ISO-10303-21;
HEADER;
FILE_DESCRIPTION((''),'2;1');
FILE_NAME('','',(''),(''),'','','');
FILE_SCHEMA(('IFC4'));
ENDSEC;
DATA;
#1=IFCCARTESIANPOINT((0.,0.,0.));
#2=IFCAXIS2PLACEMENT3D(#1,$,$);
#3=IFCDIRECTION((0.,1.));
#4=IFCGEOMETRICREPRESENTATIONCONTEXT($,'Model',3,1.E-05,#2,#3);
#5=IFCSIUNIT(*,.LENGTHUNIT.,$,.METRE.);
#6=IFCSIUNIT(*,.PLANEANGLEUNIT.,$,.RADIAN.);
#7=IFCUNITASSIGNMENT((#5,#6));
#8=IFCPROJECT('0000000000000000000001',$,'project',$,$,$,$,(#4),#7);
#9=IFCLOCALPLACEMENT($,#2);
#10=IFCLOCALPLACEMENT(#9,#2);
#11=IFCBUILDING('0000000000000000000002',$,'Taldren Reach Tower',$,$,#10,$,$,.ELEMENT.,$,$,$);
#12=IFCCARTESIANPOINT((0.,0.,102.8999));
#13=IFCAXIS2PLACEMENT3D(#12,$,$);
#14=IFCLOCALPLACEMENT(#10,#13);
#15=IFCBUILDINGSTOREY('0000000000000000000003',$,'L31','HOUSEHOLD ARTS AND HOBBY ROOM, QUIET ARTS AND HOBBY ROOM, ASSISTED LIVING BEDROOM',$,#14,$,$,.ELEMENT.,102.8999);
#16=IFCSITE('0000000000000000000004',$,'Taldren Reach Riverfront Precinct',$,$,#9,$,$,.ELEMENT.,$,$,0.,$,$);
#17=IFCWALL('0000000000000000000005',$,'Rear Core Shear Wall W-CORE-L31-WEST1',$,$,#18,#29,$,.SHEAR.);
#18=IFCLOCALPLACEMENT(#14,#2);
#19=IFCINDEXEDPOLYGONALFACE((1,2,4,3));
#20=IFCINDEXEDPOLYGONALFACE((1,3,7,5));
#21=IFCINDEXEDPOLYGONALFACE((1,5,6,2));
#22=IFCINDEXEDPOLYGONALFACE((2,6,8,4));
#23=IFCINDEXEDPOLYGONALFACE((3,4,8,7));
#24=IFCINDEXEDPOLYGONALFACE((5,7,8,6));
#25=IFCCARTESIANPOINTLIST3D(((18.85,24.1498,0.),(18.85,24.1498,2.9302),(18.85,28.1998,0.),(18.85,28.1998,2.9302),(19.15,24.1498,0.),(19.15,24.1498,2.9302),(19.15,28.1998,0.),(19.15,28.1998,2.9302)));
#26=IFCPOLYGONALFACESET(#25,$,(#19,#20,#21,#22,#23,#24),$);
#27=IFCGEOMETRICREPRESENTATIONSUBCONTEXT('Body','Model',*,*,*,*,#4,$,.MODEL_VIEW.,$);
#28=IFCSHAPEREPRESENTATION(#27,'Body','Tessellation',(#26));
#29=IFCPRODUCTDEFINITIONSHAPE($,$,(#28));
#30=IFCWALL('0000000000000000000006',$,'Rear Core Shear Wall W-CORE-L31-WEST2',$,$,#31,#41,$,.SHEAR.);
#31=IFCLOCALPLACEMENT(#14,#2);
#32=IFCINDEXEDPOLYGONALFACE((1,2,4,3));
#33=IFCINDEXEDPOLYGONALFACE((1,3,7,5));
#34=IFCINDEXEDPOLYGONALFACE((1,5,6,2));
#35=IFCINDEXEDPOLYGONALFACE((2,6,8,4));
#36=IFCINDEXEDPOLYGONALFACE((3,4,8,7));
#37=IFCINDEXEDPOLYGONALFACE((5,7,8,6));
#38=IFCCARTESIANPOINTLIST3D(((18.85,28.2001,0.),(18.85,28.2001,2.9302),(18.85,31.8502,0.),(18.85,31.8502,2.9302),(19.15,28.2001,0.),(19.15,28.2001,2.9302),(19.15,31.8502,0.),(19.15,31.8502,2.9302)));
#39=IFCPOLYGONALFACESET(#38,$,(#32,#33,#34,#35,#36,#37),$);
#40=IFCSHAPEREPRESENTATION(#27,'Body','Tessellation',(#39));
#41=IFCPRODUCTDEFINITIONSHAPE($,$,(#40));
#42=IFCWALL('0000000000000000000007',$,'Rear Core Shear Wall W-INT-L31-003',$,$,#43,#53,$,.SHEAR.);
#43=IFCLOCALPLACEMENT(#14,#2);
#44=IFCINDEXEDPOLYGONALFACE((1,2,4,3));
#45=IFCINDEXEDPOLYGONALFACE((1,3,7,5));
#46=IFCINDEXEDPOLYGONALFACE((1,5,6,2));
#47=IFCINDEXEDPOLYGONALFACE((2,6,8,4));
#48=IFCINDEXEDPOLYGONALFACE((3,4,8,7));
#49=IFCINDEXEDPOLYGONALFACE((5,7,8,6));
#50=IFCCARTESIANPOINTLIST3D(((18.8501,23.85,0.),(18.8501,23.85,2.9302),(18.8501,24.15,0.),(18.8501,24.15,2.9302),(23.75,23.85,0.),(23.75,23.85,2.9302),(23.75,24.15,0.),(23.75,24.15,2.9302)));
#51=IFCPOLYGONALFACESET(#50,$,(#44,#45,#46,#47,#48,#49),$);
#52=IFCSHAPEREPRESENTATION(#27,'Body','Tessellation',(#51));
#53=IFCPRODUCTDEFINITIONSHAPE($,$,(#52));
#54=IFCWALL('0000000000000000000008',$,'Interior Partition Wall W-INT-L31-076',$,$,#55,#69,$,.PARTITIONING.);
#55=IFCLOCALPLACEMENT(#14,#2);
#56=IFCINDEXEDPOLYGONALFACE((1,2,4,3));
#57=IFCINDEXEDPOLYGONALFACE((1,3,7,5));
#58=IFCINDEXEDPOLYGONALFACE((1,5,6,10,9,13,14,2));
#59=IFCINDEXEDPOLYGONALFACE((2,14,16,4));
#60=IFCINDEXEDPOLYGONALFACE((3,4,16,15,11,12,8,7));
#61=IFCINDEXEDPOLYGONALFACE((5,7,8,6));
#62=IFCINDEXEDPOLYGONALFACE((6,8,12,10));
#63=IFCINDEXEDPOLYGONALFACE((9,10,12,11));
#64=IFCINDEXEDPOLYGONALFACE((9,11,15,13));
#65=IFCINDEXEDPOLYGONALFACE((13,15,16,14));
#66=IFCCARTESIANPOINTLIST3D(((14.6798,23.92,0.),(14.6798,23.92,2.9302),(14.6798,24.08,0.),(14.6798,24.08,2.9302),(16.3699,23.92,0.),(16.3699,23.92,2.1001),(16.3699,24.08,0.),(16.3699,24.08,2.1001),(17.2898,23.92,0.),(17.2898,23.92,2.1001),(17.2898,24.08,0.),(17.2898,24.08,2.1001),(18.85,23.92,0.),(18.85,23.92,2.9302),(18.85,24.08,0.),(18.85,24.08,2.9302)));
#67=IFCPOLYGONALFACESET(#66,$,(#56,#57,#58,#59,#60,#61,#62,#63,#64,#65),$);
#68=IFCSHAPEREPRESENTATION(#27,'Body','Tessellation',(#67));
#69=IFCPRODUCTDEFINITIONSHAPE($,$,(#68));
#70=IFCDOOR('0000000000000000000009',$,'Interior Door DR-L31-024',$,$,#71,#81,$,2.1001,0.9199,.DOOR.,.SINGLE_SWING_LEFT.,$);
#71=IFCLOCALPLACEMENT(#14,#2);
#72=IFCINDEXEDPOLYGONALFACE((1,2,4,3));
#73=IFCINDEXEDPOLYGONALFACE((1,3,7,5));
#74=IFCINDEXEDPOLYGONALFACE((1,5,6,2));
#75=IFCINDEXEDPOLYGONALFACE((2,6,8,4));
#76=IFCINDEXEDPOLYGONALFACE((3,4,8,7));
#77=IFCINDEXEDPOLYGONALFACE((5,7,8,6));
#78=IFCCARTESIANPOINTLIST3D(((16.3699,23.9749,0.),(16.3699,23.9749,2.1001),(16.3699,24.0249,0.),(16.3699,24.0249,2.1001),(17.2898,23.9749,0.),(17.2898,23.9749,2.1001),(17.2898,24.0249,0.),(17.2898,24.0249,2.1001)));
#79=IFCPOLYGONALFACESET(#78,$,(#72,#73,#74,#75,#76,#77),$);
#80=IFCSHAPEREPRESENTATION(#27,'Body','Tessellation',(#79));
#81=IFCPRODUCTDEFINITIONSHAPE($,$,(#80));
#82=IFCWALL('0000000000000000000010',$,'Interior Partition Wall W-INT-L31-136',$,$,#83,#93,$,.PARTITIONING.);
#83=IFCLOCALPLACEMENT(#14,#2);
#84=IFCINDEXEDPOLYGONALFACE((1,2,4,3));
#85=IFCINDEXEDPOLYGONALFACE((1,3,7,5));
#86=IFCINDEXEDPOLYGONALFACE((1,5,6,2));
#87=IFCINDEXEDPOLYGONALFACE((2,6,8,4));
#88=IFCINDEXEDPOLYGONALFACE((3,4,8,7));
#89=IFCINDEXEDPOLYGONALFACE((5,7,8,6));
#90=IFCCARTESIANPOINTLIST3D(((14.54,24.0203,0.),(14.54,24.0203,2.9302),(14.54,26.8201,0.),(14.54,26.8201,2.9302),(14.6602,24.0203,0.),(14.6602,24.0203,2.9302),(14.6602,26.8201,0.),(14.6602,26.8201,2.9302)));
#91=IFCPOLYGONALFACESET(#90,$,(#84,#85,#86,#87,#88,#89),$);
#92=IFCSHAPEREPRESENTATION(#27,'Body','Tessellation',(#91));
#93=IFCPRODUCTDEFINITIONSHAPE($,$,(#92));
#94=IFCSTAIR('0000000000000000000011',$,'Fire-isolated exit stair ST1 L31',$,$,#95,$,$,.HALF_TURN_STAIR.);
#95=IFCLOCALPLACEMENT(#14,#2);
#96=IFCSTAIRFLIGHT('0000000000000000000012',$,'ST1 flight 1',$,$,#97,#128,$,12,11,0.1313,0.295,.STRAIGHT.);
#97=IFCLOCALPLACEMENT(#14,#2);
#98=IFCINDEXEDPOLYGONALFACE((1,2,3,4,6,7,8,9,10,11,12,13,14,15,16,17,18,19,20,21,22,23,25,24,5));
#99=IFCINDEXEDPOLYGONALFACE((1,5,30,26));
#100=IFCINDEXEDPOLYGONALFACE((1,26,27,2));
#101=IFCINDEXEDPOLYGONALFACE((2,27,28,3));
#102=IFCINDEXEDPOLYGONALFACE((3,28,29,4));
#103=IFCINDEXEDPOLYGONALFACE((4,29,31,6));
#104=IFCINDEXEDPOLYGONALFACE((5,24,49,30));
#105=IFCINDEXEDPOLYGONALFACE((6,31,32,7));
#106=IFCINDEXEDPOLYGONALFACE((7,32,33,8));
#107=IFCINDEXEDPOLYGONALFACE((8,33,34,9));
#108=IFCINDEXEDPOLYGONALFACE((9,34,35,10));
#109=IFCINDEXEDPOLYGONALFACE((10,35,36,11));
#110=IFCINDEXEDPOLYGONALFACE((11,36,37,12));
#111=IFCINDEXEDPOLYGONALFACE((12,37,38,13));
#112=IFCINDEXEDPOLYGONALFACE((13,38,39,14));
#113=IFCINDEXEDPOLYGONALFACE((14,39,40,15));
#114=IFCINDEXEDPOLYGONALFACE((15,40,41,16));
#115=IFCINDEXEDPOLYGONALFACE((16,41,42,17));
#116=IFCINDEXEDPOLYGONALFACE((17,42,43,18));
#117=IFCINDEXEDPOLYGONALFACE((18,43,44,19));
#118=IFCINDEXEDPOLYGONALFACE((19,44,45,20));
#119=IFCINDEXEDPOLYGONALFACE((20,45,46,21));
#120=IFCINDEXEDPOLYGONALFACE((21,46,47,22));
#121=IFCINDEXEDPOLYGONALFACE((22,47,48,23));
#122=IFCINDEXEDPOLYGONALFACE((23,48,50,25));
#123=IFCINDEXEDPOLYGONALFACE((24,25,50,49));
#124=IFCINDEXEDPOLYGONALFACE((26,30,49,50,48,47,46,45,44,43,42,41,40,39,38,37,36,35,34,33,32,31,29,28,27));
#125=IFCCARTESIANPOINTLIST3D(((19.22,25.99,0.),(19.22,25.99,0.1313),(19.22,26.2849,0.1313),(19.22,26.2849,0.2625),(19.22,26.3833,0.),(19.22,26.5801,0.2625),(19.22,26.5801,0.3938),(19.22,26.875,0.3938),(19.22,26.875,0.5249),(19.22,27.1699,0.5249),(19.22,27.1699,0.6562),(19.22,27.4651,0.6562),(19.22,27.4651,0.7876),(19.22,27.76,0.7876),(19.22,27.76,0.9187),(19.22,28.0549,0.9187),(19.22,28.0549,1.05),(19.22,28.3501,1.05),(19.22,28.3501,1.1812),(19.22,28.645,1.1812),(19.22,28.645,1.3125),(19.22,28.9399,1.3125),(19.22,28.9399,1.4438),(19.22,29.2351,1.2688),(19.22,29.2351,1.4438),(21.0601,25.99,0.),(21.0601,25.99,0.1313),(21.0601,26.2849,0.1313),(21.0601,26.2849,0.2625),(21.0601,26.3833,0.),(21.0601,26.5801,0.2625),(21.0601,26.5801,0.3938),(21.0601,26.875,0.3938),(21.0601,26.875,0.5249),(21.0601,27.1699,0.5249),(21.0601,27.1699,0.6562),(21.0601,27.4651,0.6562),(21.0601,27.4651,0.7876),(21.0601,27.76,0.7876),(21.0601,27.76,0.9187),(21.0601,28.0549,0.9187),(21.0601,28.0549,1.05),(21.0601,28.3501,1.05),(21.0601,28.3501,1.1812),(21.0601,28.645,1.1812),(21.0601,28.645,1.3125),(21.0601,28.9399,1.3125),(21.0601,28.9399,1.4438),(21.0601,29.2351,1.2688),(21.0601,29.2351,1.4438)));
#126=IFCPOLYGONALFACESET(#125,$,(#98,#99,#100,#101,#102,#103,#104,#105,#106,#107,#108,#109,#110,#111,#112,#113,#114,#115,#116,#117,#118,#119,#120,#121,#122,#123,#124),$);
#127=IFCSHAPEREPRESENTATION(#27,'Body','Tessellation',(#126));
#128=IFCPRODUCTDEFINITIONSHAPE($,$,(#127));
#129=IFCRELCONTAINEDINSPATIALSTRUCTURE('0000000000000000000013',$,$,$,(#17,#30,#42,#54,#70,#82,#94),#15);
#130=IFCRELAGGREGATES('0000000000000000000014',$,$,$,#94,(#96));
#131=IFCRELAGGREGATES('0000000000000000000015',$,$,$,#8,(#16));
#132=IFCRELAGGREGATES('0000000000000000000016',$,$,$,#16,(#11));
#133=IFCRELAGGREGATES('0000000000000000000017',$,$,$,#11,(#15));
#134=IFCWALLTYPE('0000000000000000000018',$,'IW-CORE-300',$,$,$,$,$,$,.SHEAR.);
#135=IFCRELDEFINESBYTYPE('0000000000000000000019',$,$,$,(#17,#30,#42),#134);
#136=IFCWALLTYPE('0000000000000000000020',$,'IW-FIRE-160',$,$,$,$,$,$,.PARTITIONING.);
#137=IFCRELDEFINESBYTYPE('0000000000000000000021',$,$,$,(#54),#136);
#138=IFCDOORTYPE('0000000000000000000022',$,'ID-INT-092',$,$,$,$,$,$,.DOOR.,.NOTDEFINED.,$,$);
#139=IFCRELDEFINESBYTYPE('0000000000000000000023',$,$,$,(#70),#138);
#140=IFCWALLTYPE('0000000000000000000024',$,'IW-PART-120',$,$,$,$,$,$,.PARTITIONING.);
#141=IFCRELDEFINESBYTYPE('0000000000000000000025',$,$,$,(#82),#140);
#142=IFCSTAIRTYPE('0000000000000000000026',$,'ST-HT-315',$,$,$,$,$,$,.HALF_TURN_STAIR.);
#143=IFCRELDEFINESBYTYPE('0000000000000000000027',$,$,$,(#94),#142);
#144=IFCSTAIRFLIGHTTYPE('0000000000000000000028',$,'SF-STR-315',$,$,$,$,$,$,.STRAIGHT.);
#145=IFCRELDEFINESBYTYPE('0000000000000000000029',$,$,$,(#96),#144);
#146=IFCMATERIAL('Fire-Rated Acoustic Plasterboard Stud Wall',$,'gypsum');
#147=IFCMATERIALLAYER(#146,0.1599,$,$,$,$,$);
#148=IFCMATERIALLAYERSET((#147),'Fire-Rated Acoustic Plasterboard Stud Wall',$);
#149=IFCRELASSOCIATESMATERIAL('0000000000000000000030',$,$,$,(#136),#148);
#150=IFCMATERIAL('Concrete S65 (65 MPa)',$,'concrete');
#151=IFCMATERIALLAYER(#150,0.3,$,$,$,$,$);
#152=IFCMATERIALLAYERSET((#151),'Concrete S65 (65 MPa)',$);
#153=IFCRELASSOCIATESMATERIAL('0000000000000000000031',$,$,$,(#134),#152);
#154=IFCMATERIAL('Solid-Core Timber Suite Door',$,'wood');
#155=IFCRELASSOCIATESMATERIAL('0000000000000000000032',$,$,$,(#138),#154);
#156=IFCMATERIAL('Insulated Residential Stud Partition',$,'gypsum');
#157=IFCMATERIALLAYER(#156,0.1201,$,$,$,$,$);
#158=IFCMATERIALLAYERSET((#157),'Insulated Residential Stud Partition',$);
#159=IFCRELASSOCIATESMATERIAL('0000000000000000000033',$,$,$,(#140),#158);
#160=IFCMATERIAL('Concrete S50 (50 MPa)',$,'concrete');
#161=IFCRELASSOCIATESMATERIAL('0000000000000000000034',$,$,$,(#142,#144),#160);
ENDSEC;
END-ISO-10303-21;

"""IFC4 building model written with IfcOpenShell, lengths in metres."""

from ifc_helpers import new_model, si_unit, direction, frame, frame_2d, origin, place, context, subcontext, project, spatial, polyline, rectangle, outline, extrude, source, transform, mapped, material, layer, layer_set, type_object, element, fill, aggregate, save


model = new_model("IFC4")

# Units and contexts
model_context = context("Model", 3, precision=1e-05, world=origin(), true_north=direction((0.0, 1.0)))
body_context = subcontext(model_context, "Body", "Model", "MODEL_VIEW")
ifc_project = project(units=[si_unit("LENGTHUNIT", "METRE"), si_unit("PLANEANGLEUNIT", "RADIAN")], contexts=[model_context])

# Site, building, storey
site_placement = place(None, origin())
site = spatial("IfcSite", under=ifc_project, at=site_placement, Name="Taldren Reach Riverfront Precinct", CompositionType="ELEMENT", RefElevation=0.0)
building_placement = place(site_placement, origin())
building = spatial("IfcBuilding", under=site, at=building_placement, Name="Taldren Reach Tower", CompositionType="ELEMENT")
storey_placement = place(building_placement, frame((0.0, 0.0, 102.8999)))
storey = spatial("IfcBuildingStorey", under=building, at=storey_placement, Name="L31", Description="HOUSEHOLD ARTS AND HOBBY ROOM, QUIET ARTS AND HOBBY ROOM, ASSISTED LIVING BEDROOM", CompositionType="ELEMENT", Elevation=102.8999)

# Shared definitions
ifc_material_1 = material(Name="Concrete S65 (65 MPa)", Category="concrete")

# Walls
ifc_material_2 = material(Name="Fire-Rated Acoustic Plasterboard Stud Wall", Category="gypsum")
ifc_layer_1 = layer(ifc_material_2, 0.1599)
ifc_layer_set_1 = layer_set([ifc_layer_1], Name="Fire-Rated Acoustic Plasterboard Stud Wall")
wall_type_1 = type_object("IfcWallType", Name="IW-FIRE-160", PredefinedType="PARTITIONING", material=ifc_layer_set_1)
ifc_layer_2 = layer(ifc_material_1, 0.3)
ifc_layer_set_2 = layer_set([ifc_layer_2], Name="Concrete S65 (65 MPa)")
wall_type_2 = type_object("IfcWallType", Name="IW-CORE-300", PredefinedType="SHEAR", material=ifc_layer_set_2)
shared_shape_1 = source(origin(), body_context, "Body", "SweptSolid", [
    extrude(rectangle(XDim=4.05, YDim=0.3, at=frame_2d((2.0249, 0.0))), origin(), (0.0, 0.0, 1.0), 2.9302),
])
wall_1_placement = place(storey_placement, frame((19.0, 24.1499, 0.0), z_axis=(0.0, 0.0, 1.0), x_axis=(0.0, 1.0, 0.0)))
element("IfcWall", 1, at=wall_1_placement, inside=storey, type_object=wall_type_2, Name="Rear Core Shear Wall W-CORE-L31-WEST1", PredefinedType="SHEAR", context=body_context, shape_type="MappedRepresentation", body=[
    mapped(shared_shape_1, transform((0.0, 0.0, 0.0), scale=1.0)),
])
shared_shape_2 = source(origin(), body_context, "Body", "SweptSolid", [
    extrude(rectangle(XDim=3.6501, YDim=0.3, at=frame_2d((1.8252, 0.0))), origin(), (0.0, 0.0, 1.0), 2.9302),
])
wall_2_placement = place(storey_placement, frame((19.0, 28.2, 0.0), z_axis=(0.0, 0.0, 1.0), x_axis=(0.0, 1.0, 0.0)))
element("IfcWall", 2, at=wall_2_placement, inside=storey, type_object=wall_type_2, Name="Rear Core Shear Wall W-CORE-L31-WEST2", PredefinedType="SHEAR", context=body_context, shape_type="MappedRepresentation", body=[
    mapped(shared_shape_2, transform((0.0, 0.0, 0.0), scale=1.0)),
])
shared_shape_3 = source(origin(), body_context, "Body", "SweptSolid", [
    extrude(rectangle(XDim=4.8999, YDim=0.3, at=frame_2d((2.45, 0.0))), origin(), (0.0, 0.0, 1.0), 2.9302),
])
wall_3_placement = place(storey_placement, frame((18.8501, 24.0, 0.0), z_axis=(0.0, 0.0, 1.0), x_axis=(1.0, 0.0, 0.0)))
element("IfcWall", 3, at=wall_3_placement, inside=storey, type_object=wall_type_2, Name="Rear Core Shear Wall W-INT-L31-003", PredefinedType="SHEAR", context=body_context, shape_type="MappedRepresentation", body=[
    mapped(shared_shape_3, transform((0.0, 0.0, 0.0), scale=1.0)),
])

# Wall, opening, door
shared_shape_4 = source(origin(), body_context, "Body", "SweptSolid", [
    extrude(rectangle(XDim=4.1702, YDim=0.1599, at=frame_2d((2.085, 0.0))), origin(), (0.0, 0.0, 1.0), 2.9302),
])
wall_4_placement = place(storey_placement, frame((14.6799, 24.0, 0.0), z_axis=(0.0, 0.0, 1.0), x_axis=(1.0, 0.0, 0.0)))
wall_4 = element("IfcWall", 4, at=wall_4_placement, inside=storey, type_object=wall_type_1, Name="Interior Partition Wall W-INT-L31-076", PredefinedType="PARTITIONING", context=body_context, shape_type="MappedRepresentation", body=[
    mapped(shared_shape_4, transform((0.0, 0.0, 0.0), scale=1.0)),
])
shared_shape_5 = source(origin(), body_context, "Body", "SweptSolid", [
    extrude(rectangle(XDim=0.9199, YDim=2.1001, at=frame_2d((0.46, 1.05))), frame((0.0, 0.0898, 0.0), z_axis=(0.0, -1.0, 0.0), x_axis=(1.0, 0.0, 0.0)), (0.0, 0.0, 1.0), 0.1799),
])
opening_placement = place(wall_4_placement, frame((1.6899, 0.0, 0.0)))
opening = element("IfcOpeningElement", 5, at=opening_placement, cuts=wall_4, PredefinedType="OPENING", context=body_context, shape_type="MappedRepresentation", body=[
    mapped(shared_shape_5, transform((0.0, 0.0, 0.0), scale=1.0)),
])
ifc_material_3 = material(Name="Solid-Core Timber Suite Door", Category="wood")
door_type = type_object("IfcDoorType", Name="ID-INT-092", OperationType="NOTDEFINED", PredefinedType="DOOR", material=ifc_material_3)
shared_shape_6 = source(origin(), body_context, "Body", "SweptSolid", [
    extrude(rectangle(XDim=0.9199, YDim=2.1001, at=frame_2d((0.46, 1.05))), frame((0.0, 0.0249, 0.0), z_axis=(0.0, -1.0, 0.0), x_axis=(1.0, 0.0, 0.0)), (0.0, 0.0, 1.0), 0.05),
])
door_placement = place(opening_placement, origin())
door = element("IfcDoor", 6, at=door_placement, inside=storey, type_object=door_type, Name="Interior Door DR-L31-024", OperationType="SINGLE_SWING_LEFT", OverallHeight=2.1001, OverallWidth=0.9199, PredefinedType="DOOR", context=body_context, shape_type="MappedRepresentation", body=[
    mapped(shared_shape_6, transform((0.0, 0.0, 0.0), scale=1.0)),
])
fill(opening, door)

# Wall
ifc_material_4 = material(Name="Insulated Residential Stud Partition", Category="gypsum")
ifc_layer_3 = layer(ifc_material_4, 0.1201)
ifc_layer_set_3 = layer_set([ifc_layer_3], Name="Insulated Residential Stud Partition")
wall_type_3 = type_object("IfcWallType", Name="IW-PART-120", PredefinedType="PARTITIONING", material=ifc_layer_set_3)
shared_shape_7 = source(origin(), body_context, "Body", "SweptSolid", [
    extrude(rectangle(XDim=2.7998, YDim=0.1201, at=frame_2d((1.3999, 0.0))), origin(), (0.0, 0.0, 1.0), 2.9302),
])
wall_5_placement = place(storey_placement, frame((14.6001, 26.8201, 0.0), z_axis=(0.0, 0.0, 1.0), x_axis=(0.0, -1.0, 0.0)))
element("IfcWall", 7, at=wall_5_placement, inside=storey, type_object=wall_type_3, Name="Interior Partition Wall W-INT-L31-136", PredefinedType="PARTITIONING", context=body_context, shape_type="MappedRepresentation", body=[
    mapped(shared_shape_7, transform((0.0, 0.0, 0.0), scale=1.0)),
])

# Stair, stair flight
ifc_material_5 = material(Name="Concrete S50 (50 MPa)", Category="concrete")
stair_type = type_object("IfcStairType", Name="ST-HT-315", PredefinedType="HALF_TURN_STAIR", material=ifc_material_5)
stair_placement = place(storey_placement, origin())
stair = element("IfcStair", 8, at=stair_placement, inside=storey, type_object=stair_type, Name="Fire-isolated exit stair ST1 L31", PredefinedType="HALF_TURN_STAIR")
stair_flight_type = type_object("IfcStairFlightType", Name="SF-STR-315", PredefinedType="STRAIGHT", material=ifc_material_5)
stair_flight_placement = place(storey_placement, frame((20.1399, 25.99, 0.0), z_axis=(0.0, 0.0, 1.0), x_axis=(0.0, 1.0, 0.0)))
stair_flight = element("IfcStairFlight", 9, at=stair_flight_placement, type_object=stair_flight_type, Name="ST1 flight 1", NumberOfRisers=12, NumberOfTreads=11, PredefinedType="STRAIGHT", RiserHeight=0.1313, TreadLength=0.295, context=body_context, shape_type="SweptSolid", body=[
    extrude(outline(polyline([(0.0, 0.0), (0.0, 0.1313), (0.2949, 0.1313), (0.2949, 0.2625), (0.5901, 0.2625), (0.5901, 0.3938), (0.885, 0.3938), (0.885, 0.5249), (1.1799, 0.5249), (1.1799, 0.6562), (1.4751, 0.6562), (1.4751, 0.7876), (1.77, 0.7876), (1.77, 0.9187), (2.0649, 0.9187), (2.0649, 1.05), (2.3601, 1.05), (2.3601, 1.1812), (2.655, 1.1812), (2.655, 1.3125), (2.95, 1.3125), (2.95, 1.4438), (3.2451, 1.4438), (3.2451, 1.575), (3.2451, 1.2688), (0.3933, 0.0), (0.0, 0.0)])), frame((0.0, 0.9199, 0.0), z_axis=(0.0, -1.0, 0.0), x_axis=(1.0, 0.0, 0.0)), (0.0, 0.0, 1.0), 1.8401),
])
aggregate(stair, [stair_flight])

save(model, "model.ifc")
